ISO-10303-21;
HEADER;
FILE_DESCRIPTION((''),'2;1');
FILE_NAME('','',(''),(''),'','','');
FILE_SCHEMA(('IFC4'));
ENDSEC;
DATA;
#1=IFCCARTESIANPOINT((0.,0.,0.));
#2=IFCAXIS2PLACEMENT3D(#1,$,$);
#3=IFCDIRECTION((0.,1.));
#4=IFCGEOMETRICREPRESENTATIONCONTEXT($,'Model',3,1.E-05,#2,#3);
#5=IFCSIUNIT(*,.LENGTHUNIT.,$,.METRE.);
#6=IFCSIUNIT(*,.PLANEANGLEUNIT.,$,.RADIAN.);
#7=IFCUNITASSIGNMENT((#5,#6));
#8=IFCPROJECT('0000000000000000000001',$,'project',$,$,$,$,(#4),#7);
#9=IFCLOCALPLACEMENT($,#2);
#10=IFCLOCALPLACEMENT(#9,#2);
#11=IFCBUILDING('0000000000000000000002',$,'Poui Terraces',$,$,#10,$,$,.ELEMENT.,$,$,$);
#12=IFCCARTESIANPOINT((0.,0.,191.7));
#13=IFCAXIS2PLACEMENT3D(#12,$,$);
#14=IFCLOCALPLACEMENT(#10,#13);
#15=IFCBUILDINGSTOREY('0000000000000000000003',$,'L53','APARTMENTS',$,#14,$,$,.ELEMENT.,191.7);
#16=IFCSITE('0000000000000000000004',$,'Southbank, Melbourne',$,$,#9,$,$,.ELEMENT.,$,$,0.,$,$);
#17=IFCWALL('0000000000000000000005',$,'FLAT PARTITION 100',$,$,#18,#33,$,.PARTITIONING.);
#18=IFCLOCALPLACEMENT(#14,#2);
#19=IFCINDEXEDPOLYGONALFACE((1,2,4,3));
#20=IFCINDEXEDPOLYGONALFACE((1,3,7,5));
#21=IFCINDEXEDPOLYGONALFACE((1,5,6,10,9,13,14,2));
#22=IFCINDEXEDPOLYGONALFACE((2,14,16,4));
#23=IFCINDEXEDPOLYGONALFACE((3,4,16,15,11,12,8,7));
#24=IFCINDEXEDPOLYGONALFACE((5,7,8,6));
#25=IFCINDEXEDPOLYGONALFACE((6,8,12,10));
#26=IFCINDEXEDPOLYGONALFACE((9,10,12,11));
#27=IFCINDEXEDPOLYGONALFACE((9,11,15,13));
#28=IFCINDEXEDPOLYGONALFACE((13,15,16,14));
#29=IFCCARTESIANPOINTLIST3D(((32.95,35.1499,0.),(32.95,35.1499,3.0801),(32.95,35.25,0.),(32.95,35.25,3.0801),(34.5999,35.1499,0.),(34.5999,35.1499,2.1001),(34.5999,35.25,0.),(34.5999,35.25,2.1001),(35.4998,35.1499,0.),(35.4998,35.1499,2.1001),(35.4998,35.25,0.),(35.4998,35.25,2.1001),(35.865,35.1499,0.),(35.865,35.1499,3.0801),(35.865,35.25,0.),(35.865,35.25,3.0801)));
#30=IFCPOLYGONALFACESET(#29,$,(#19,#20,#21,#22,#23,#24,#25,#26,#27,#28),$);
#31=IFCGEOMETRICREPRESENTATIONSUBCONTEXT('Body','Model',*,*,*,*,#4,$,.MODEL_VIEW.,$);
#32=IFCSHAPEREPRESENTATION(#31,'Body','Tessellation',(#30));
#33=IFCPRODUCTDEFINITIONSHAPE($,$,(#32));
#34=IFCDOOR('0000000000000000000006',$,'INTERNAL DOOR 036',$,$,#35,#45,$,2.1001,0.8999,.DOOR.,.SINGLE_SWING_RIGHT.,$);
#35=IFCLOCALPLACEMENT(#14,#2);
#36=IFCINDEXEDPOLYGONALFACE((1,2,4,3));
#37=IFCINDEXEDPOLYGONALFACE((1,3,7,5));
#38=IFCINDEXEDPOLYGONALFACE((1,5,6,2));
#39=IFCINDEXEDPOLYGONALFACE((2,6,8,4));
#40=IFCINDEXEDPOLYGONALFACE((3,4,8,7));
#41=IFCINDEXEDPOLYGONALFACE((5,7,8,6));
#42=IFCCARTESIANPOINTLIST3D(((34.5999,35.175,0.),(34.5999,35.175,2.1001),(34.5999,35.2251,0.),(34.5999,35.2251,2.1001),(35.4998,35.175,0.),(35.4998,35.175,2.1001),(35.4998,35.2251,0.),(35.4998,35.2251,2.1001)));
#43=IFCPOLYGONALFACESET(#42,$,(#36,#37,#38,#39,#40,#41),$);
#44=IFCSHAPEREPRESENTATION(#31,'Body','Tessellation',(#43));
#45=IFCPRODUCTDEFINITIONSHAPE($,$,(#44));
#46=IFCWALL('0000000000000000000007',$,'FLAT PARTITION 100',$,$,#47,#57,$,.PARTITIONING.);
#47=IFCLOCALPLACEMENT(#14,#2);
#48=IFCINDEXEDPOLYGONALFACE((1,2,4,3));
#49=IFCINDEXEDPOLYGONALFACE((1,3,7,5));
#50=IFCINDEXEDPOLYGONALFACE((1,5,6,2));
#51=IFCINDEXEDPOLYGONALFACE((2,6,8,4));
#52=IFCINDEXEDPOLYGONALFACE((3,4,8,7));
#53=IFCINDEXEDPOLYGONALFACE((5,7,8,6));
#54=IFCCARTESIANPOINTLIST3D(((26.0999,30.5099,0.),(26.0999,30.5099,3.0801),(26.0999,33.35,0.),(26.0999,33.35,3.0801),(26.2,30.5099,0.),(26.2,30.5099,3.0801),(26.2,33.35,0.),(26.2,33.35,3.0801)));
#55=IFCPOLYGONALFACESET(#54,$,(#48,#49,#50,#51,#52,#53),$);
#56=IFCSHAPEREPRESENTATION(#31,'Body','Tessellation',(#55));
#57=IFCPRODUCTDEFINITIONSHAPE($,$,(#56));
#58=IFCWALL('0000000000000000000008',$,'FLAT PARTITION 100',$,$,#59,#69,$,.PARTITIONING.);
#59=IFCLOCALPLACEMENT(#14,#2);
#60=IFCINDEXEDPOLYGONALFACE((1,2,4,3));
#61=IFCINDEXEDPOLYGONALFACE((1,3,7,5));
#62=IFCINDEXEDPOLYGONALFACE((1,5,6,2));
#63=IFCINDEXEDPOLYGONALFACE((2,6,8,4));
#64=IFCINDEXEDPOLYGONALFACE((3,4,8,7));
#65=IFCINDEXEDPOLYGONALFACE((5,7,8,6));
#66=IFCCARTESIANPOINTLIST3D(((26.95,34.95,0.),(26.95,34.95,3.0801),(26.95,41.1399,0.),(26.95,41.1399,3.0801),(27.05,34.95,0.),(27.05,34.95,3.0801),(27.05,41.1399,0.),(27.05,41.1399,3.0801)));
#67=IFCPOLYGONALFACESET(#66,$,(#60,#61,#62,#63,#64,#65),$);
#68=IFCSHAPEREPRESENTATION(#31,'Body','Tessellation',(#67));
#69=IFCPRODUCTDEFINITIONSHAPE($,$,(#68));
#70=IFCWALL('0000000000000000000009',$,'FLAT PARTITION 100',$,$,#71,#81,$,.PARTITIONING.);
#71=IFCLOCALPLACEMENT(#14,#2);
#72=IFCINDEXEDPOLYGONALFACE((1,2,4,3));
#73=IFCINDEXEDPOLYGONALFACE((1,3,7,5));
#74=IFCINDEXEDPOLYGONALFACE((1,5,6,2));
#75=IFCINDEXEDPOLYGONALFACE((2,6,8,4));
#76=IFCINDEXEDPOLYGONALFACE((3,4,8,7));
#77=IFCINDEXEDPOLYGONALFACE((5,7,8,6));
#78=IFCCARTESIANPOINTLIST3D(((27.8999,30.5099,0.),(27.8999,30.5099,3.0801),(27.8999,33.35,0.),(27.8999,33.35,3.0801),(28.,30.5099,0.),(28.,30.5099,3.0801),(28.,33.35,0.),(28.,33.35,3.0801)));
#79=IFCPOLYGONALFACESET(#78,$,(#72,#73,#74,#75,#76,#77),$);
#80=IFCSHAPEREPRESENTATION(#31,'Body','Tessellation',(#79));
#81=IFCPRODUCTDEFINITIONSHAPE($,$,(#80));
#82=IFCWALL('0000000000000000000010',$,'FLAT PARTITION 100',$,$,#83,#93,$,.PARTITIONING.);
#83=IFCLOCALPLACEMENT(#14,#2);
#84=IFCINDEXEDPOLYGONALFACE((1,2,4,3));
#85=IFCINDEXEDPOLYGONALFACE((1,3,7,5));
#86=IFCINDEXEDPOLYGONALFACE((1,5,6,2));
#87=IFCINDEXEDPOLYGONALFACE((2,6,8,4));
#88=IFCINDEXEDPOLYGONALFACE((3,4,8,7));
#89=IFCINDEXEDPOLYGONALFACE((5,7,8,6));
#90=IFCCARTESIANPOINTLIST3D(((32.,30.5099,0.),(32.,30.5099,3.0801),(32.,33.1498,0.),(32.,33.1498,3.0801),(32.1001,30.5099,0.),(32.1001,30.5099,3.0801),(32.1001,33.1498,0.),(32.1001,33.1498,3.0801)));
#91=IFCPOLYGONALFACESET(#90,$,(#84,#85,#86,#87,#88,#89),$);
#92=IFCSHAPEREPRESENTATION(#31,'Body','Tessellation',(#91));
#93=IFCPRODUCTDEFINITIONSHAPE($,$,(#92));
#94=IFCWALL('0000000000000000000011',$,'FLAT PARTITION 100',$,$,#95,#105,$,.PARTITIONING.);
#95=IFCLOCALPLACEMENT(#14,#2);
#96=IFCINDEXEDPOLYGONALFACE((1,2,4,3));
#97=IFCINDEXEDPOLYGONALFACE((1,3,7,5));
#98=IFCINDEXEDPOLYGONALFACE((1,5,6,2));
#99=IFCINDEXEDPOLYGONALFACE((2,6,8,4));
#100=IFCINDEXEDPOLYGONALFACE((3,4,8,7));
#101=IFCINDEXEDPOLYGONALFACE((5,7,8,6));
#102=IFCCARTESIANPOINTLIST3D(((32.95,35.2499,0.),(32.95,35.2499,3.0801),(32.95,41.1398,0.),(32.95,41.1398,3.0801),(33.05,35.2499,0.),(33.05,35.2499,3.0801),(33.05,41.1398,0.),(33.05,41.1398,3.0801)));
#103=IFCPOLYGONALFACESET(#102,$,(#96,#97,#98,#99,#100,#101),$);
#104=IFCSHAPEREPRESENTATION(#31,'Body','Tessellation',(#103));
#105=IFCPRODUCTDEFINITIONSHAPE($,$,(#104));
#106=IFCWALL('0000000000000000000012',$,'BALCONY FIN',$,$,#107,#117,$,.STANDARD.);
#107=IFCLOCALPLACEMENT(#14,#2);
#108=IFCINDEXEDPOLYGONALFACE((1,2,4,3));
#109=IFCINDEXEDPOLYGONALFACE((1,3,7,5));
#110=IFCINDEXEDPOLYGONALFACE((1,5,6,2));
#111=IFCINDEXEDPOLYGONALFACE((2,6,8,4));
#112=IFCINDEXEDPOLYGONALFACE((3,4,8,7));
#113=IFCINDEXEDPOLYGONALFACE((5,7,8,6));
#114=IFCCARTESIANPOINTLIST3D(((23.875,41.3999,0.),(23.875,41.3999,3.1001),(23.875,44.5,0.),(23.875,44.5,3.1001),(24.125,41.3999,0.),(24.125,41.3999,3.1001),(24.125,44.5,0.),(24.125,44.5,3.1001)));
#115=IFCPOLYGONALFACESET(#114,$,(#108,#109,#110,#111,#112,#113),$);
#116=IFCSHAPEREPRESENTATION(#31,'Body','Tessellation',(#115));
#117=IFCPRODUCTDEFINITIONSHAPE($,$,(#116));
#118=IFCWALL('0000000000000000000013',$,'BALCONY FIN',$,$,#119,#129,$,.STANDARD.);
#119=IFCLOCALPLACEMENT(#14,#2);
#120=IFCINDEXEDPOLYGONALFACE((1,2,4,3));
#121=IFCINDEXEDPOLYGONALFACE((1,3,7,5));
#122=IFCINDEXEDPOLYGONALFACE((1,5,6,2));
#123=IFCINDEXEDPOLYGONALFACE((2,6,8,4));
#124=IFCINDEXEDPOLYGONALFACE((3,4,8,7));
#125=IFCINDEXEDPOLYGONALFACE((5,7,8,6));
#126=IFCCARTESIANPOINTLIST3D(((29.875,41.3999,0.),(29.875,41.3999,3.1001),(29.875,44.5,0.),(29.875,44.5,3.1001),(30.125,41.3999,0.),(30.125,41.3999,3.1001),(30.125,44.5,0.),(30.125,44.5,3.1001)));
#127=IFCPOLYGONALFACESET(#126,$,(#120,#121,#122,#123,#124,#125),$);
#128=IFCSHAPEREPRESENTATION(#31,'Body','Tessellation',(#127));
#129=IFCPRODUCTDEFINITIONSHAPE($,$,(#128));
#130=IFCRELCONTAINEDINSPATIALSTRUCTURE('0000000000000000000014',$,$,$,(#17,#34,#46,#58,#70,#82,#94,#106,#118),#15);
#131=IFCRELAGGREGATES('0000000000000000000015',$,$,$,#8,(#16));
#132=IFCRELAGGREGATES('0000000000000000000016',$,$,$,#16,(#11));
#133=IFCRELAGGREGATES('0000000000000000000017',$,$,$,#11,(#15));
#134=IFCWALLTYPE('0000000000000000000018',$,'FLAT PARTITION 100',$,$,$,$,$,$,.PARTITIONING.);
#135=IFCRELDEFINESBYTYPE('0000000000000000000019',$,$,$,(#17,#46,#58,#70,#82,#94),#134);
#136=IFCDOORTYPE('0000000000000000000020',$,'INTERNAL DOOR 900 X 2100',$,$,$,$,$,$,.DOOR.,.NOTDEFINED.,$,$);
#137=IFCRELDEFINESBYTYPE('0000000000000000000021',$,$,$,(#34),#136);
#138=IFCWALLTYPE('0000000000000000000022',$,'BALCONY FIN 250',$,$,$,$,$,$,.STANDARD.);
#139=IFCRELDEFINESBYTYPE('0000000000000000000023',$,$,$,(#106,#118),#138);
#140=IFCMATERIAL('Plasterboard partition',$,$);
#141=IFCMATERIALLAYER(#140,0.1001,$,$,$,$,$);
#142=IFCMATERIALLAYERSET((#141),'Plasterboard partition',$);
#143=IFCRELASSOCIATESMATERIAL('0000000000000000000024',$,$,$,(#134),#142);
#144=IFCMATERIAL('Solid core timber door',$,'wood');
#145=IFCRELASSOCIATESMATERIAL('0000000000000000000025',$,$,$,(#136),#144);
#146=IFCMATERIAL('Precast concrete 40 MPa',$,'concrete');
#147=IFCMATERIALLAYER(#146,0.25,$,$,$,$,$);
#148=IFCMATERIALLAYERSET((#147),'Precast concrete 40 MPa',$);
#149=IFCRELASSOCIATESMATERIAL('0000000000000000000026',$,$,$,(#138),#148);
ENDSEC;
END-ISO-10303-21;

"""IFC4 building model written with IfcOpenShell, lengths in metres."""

from ifc_helpers import new_model, si_unit, direction, frame, frame_2d, origin, place, context, subcontext, project, spatial, polyline, rectangle, outline, extrude, source, transform, mapped, material, layer, layer_set, type_object, element, fill, save


model = new_model("IFC4")

# Units and contexts
model_context = context("Model", 3, precision=1e-05, world=origin(), true_north=direction((0.0, 1.0)))
body_context = subcontext(model_context, "Body", "Model", "MODEL_VIEW")
ifc_project = project(units=[si_unit("LENGTHUNIT", "METRE"), si_unit("PLANEANGLEUNIT", "RADIAN")], contexts=[model_context])

# Site, building, storey
site_placement = place(None, origin())
site = spatial("IfcSite", under=ifc_project, at=site_placement, Name="Southbank, Melbourne", CompositionType="ELEMENT", RefElevation=0.0)
building_placement = place(site_placement, origin())
building = spatial("IfcBuilding", under=site, at=building_placement, Name="Poui Terraces", CompositionType="ELEMENT")
storey_placement = place(building_placement, frame((0.0, 0.0, 191.7)))
storey = spatial("IfcBuildingStorey", under=building, at=storey_placement, Name="L53", Description="APARTMENTS", CompositionType="ELEMENT", Elevation=191.7)

# Wall, opening, door
ifc_material_1 = material(Name="Plasterboard partition")
ifc_layer_1 = layer(ifc_material_1, 0.1001)
ifc_layer_set_1 = layer_set([ifc_layer_1], Name="Plasterboard partition")
wall_type_1 = type_object("IfcWallType", Name="FLAT PARTITION 100", PredefinedType="PARTITIONING", material=ifc_layer_set_1)
ifc_material_2 = material(Name="Solid core timber door", Category="wood")
door_type_1 = type_object("IfcDoorType", Name="INTERNAL DOOR 900 X 2100", OperationType="NOTDEFINED", PredefinedType="DOOR", material=ifc_material_2)
wall_1_placement = place(storey_placement, frame((32.95, 35.2, 0.0), z_axis=(0.0, 0.0, 1.0), x_axis=(1.0, 0.0, 0.0)))
wall_1 = element("IfcWall", 1, at=wall_1_placement, inside=storey, type_object=wall_type_1, Name="FLAT PARTITION 100", PredefinedType="PARTITIONING", context=body_context, shape_type="SweptSolid", body=[
    extrude(rectangle(XDim=2.915, YDim=0.1001, at=frame_2d((1.4575, 0.0))), origin(), (0.0, 0.0, 1.0), 3.0801),
])
opening_1_placement = place(wall_1_placement, frame((1.6499, 0.0, 0.0)))
opening_1 = element("IfcOpeningElement", 2, at=opening_1_placement, cuts=wall_1, PredefinedType="OPENING", context=body_context, shape_type="SweptSolid", body=[
    extrude(rectangle(XDim=0.8999, YDim=2.1001, at=frame_2d((0.45, 1.05))), frame((0.0, 0.0601, 0.0), z_axis=(0.0, -1.0, 0.0), x_axis=(1.0, 0.0, 0.0)), (0.0, 0.0, 1.0), 0.1201),
])
door_1_placement = place(opening_1_placement, frame((0.8999, 0.0, 0.0), z_axis=(0.0, 0.0, 1.0), x_axis=(-1.0, 0.0, 0.0)))
door_1 = element("IfcDoor", 3, at=door_1_placement, inside=storey, type_object=door_type_1, Name="INTERNAL DOOR 036", OperationType="SINGLE_SWING_RIGHT", OverallHeight=2.1001, OverallWidth=0.8999, PredefinedType="DOOR", context=body_context, shape_type="SweptSolid", body=[
    extrude(rectangle(XDim=0.8999, YDim=2.1001, at=frame_2d((0.45, 1.05))), frame((0.0, 0.0249, 0.0), z_axis=(0.0, -1.0, 0.0), x_axis=(1.0, 0.0, 0.0)), (0.0, 0.0, 1.0), 0.05),
])
fill(opening_1, door_1)

# Walls
wall_2_placement = place(storey_placement, frame((26.1499, 30.51, 0.0), z_axis=(0.0, 0.0, 1.0), x_axis=(0.0, 1.0, 0.0)))
element("IfcWall", 4, at=wall_2_placement, inside=storey, type_object=wall_type_1, Name="FLAT PARTITION 100", PredefinedType="PARTITIONING", context=body_context, shape_type="SweptSolid", body=[
    extrude(rectangle(XDim=2.8401, YDim=0.1001, at=frame_2d((1.4199, 0.0))), origin(), (0.0, 0.0, 1.0), 3.0801),
])
wall_3_placement = place(storey_placement, frame((27.0, 34.95, 0.0), z_axis=(0.0, 0.0, 1.0), x_axis=(0.0, 1.0, 0.0)))
element("IfcWall", 5, at=wall_3_placement, inside=storey, type_object=wall_type_1, Name="FLAT PARTITION 100", PredefinedType="PARTITIONING", context=body_context, shape_type="SweptSolid", body=[
    extrude(rectangle(XDim=6.1899, YDim=0.1001, at=frame_2d((3.095, 0.0))), origin(), (0.0, 0.0, 1.0), 3.0801),
])
wall_4_placement = place(storey_placement, frame((27.95, 30.51, 0.0), z_axis=(0.0, 0.0, 1.0), x_axis=(0.0, 1.0, 0.0)))
element("IfcWall", 6, at=wall_4_placement, inside=storey, type_object=wall_type_1, Name="FLAT PARTITION 100", PredefinedType="PARTITIONING", context=body_context, shape_type="SweptSolid", body=[
    extrude(rectangle(XDim=2.8401, YDim=0.1001, at=frame_2d((1.4199, 0.0))), origin(), (0.0, 0.0, 1.0), 3.0801),
])
wall_5_placement = place(storey_placement, frame((32.05, 30.51, 0.0), z_axis=(0.0, 0.0, 1.0), x_axis=(0.0, 1.0, 0.0)))
element("IfcWall", 7, at=wall_5_placement, inside=storey, type_object=wall_type_1, Name="FLAT PARTITION 100", PredefinedType="PARTITIONING", context=body_context, shape_type="SweptSolid", body=[
    extrude(rectangle(XDim=2.6399, YDim=0.1001, at=frame_2d((1.3198, 0.0))), origin(), (0.0, 0.0, 1.0), 3.0801),
])
wall_6_placement = place(storey_placement, frame((33.0, 35.25, 0.0), z_axis=(0.0, 0.0, 1.0), x_axis=(0.0, 1.0, 0.0)))
element("IfcWall", 8, at=wall_6_placement, inside=storey, type_object=wall_type_1, Name="FLAT PARTITION 100", PredefinedType="PARTITIONING", context=body_context, shape_type="SweptSolid", body=[
    extrude(rectangle(XDim=5.8899, YDim=0.1001, at=frame_2d((2.9448, 0.0))), origin(), (0.0, 0.0, 1.0), 3.0801),
])
ifc_material_3 = material(Name="Precast concrete 40 MPa", Category="concrete")
ifc_layer_2 = layer(ifc_material_3, 0.25)
ifc_layer_set_2 = layer_set([ifc_layer_2], Name="Precast concrete 40 MPa")
wall_type_2 = type_object("IfcWallType", Name="BALCONY FIN 250", PredefinedType="STANDARD", material=ifc_layer_set_2)
shared_shape_1 = source(origin(), body_context, "Body", "SweptSolid", [
    extrude(outline(polyline([(0.0, 0.0), (0.25, 0.0), (0.25, 3.1001), (0.0, 3.1001), (0.0, 0.0)])), origin(), (0.0, 0.0, 1.0), 3.1001),
])
for number, where, name in (
    (9, (23.875, 41.3999, 0.0), "BALCONY FIN"),
    (10, (29.875, 41.3999, 0.0), "BALCONY FIN"),
):
    element("IfcWall", number, at=place(storey_placement, frame(where)), inside=storey, type_object=wall_type_2, Name=name, PredefinedType="STANDARD", context=body_context, shape_type="MappedRepresentation", body=[
        mapped(shared_shape_1, transform((0.0, 0.0, 0.0))),
    ])

save(model, "model.ifc")
